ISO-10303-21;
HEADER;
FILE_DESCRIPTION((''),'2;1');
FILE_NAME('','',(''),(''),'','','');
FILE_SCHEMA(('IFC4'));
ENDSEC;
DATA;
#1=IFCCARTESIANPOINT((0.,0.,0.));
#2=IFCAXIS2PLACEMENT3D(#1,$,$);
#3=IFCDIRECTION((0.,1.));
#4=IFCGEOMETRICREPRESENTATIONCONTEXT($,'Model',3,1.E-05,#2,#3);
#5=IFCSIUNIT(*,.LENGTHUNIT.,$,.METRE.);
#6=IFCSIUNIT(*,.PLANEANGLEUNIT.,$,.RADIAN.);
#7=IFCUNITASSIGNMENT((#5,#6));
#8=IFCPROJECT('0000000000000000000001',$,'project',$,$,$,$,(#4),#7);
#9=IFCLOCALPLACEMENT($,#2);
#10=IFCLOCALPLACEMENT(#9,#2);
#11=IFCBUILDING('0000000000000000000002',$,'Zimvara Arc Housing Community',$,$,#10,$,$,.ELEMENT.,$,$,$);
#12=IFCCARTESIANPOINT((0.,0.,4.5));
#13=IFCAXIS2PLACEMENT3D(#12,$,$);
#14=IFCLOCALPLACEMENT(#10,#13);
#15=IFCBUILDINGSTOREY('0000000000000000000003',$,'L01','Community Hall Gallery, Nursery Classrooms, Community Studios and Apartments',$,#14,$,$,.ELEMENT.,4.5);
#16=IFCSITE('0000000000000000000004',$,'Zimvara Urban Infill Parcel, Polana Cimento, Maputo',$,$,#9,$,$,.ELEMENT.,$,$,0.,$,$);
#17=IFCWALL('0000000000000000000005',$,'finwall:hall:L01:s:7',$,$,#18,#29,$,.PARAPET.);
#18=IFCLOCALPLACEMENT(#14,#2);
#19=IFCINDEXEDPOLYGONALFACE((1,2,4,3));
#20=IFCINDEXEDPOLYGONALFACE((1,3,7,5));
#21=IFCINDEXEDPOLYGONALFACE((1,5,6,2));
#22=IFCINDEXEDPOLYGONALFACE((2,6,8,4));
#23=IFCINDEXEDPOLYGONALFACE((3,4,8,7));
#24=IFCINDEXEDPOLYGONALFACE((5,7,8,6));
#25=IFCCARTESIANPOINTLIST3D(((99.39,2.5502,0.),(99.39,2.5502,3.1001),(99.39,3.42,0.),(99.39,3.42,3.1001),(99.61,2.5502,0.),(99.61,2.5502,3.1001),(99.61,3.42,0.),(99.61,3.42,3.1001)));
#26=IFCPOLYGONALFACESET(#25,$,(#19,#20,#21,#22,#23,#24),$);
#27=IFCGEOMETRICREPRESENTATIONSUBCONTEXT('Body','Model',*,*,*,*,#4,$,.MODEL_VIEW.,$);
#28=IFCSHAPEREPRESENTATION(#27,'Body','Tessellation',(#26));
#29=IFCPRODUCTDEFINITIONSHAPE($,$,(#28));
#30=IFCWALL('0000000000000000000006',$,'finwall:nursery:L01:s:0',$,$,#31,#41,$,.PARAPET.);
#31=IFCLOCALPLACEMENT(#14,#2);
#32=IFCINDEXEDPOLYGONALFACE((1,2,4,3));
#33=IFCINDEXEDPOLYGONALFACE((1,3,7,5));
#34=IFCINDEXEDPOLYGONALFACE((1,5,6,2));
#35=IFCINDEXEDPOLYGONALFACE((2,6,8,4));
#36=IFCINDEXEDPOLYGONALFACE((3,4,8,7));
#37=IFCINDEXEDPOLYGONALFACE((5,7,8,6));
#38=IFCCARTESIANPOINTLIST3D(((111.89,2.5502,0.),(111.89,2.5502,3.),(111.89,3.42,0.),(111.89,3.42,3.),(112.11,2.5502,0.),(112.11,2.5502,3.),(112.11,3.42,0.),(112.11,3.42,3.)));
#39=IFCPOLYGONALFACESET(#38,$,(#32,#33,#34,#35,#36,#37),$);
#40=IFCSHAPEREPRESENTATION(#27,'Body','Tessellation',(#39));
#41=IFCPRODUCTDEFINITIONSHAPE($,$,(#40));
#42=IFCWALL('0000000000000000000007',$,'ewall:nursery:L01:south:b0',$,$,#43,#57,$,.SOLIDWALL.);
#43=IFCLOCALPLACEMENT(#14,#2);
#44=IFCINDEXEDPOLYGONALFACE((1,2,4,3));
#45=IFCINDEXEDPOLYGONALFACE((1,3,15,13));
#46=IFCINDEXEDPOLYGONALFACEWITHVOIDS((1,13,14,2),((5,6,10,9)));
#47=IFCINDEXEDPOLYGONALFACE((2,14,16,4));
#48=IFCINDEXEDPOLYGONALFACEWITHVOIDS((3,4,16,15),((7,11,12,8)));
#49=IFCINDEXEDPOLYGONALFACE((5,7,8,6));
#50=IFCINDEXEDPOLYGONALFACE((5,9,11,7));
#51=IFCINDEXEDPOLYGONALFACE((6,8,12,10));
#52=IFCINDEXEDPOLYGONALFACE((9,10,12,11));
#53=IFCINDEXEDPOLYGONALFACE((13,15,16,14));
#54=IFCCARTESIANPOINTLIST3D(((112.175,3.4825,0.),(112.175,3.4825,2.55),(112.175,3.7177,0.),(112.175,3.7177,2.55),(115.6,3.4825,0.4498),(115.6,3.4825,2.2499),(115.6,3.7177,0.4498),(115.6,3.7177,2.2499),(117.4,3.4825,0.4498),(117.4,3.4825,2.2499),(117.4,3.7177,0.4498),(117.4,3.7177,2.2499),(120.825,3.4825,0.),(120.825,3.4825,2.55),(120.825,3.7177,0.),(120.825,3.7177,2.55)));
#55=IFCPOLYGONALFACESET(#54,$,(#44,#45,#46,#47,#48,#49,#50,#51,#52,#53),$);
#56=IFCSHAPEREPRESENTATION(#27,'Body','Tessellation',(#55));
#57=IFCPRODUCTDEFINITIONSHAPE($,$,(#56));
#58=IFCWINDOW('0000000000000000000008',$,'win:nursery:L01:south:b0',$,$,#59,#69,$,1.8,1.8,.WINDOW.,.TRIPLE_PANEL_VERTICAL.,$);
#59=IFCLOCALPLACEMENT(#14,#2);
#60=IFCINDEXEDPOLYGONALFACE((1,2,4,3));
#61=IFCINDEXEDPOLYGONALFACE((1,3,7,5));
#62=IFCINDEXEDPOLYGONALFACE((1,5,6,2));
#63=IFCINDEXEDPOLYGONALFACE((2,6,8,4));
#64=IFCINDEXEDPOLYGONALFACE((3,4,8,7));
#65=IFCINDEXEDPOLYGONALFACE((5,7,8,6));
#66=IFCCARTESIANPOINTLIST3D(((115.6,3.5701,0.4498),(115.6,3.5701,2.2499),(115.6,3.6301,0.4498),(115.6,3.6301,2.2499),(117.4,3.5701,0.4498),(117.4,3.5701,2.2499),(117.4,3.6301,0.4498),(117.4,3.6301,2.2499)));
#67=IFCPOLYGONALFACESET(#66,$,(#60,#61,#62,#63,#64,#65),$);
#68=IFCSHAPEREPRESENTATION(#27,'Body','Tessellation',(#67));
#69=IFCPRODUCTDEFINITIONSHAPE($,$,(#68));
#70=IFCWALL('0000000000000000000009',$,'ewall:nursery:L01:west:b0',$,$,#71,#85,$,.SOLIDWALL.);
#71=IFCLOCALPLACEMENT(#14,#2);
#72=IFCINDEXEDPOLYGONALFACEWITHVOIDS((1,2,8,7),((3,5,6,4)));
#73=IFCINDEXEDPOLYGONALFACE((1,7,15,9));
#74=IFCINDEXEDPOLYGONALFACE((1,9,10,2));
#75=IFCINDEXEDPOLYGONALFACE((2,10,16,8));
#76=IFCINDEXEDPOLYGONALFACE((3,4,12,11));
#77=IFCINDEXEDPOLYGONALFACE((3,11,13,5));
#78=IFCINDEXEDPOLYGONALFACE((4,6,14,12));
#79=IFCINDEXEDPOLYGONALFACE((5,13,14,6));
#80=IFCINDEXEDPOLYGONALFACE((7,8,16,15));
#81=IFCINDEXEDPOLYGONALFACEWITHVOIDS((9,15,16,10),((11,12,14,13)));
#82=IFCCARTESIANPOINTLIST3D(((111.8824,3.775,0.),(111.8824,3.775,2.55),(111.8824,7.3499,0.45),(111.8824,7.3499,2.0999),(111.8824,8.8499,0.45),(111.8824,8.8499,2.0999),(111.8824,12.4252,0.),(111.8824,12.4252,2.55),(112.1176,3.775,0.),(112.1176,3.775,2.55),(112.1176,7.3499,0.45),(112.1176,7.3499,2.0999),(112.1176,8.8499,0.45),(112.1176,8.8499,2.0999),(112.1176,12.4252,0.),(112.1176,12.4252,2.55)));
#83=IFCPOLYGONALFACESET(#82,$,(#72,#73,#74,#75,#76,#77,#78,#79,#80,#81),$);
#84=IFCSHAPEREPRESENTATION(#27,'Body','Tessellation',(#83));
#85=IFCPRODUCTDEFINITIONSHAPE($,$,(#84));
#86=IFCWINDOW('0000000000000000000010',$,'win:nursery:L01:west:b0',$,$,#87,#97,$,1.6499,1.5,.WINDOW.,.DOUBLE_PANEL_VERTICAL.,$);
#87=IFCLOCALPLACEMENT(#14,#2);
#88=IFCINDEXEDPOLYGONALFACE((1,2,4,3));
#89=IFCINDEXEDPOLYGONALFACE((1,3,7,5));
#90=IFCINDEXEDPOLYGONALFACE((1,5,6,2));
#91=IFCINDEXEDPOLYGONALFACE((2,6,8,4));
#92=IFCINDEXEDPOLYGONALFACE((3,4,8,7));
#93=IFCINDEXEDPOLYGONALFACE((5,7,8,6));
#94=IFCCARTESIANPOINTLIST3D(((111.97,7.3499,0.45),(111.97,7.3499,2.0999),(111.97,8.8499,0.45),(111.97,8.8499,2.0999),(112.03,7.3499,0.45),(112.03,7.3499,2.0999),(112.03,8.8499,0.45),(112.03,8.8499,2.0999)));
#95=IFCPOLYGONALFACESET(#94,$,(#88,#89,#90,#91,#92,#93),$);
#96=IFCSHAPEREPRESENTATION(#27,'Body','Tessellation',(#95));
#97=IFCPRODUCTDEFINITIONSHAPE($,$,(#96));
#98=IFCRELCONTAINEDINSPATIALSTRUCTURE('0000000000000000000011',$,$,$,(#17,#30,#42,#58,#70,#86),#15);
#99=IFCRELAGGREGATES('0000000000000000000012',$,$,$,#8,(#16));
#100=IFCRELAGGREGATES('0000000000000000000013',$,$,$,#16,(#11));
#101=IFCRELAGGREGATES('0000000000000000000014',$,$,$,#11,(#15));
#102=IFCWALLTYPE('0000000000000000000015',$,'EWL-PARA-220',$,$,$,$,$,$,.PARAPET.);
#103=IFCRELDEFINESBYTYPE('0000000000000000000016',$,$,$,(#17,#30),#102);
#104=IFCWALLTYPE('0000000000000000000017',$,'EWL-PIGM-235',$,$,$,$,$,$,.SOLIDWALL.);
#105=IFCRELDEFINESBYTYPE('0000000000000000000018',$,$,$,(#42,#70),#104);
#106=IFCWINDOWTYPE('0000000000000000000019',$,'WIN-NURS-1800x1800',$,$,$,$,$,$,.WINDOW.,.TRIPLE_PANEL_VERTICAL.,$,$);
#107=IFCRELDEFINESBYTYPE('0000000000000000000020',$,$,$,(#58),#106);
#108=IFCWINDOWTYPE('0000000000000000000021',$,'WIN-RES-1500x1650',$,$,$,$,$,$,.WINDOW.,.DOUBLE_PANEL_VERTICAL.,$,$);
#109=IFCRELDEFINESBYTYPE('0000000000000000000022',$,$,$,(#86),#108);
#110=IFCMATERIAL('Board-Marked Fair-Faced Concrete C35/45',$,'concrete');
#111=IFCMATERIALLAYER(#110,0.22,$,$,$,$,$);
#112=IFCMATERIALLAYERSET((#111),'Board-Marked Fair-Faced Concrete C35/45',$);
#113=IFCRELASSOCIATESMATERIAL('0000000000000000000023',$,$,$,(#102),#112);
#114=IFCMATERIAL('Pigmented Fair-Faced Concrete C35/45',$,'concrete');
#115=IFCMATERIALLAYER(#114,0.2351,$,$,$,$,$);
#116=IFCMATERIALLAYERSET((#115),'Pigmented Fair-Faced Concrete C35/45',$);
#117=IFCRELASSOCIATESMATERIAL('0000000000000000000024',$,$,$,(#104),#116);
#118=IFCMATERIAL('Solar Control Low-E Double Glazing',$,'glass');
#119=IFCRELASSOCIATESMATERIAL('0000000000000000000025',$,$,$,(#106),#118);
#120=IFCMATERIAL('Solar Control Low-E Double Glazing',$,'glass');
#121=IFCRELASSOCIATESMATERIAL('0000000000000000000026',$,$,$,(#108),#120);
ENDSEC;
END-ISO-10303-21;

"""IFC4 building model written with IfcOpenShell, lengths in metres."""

from ifc_helpers import new_model, si_unit, direction, frame, frame_2d, origin, place, context, subcontext, project, spatial, rectangle, extrude, material, layer, layer_set, type_object, element, fill, save


model = new_model("IFC4")

# Units and contexts
model_context = context("Model", 3, precision=1e-05, world=origin(), true_north=direction((0.0, 1.0)))
body_context = subcontext(model_context, "Body", "Model", "MODEL_VIEW")
ifc_project = project(units=[si_unit("LENGTHUNIT", "METRE"), si_unit("PLANEANGLEUNIT", "RADIAN")], contexts=[model_context])

# Site, building, storey
site_placement = place(None, origin())
site = spatial("IfcSite", under=ifc_project, at=site_placement, Name="Zimvara Urban Infill Parcel, Polana Cimento, Maputo", CompositionType="ELEMENT", RefElevation=0.0)
building_placement = place(site_placement, origin())
building = spatial("IfcBuilding", under=site, at=building_placement, Name="Zimvara Arc Housing Community", CompositionType="ELEMENT")
storey_placement = place(building_placement, frame((0.0, 0.0, 4.5)))
storey = spatial("IfcBuildingStorey", under=building, at=storey_placement, Name="L01", Description="Community Hall Gallery, Nursery Classrooms, Community Studios and Apartments", CompositionType="ELEMENT", Elevation=4.5)

# Walls
ifc_material_1 = material(Name="Board-Marked Fair-Faced Concrete C35/45", Category="concrete")
ifc_layer_1 = layer(ifc_material_1, 0.22)
ifc_layer_set_1 = layer_set([ifc_layer_1], Name="Board-Marked Fair-Faced Concrete C35/45")
wall_type_1 = type_object("IfcWallType", Name="EWL-PARA-220", PredefinedType="PARAPET", material=ifc_layer_set_1)
for number, where, z_axis, x_axis, name in (
    (1, (99.5, 2.55, 0.0), (0.0, 0.0, 1.0), (0.0, 1.0, 0.0), "finwall:hall:L01:s:7"),
):
    element("IfcWall", number, at=place(storey_placement, frame(where, z_axis=z_axis, x_axis=x_axis)), inside=storey, type_object=wall_type_1, Name=name, PredefinedType="PARAPET", context=body_context, shape_type="SweptSolid", body=[
        extrude(rectangle(XDim=0.8699, YDim=0.22, at=frame_2d((0.4351, 0.0))), origin(), (0.0, 0.0, 1.0), 3.1001),
    ])
wall_1_placement = place(storey_placement, frame((112.0, 2.55, 0.0), z_axis=(0.0, 0.0, 1.0), x_axis=(0.0, 1.0, 0.0)))
element("IfcWall", 2, at=wall_1_placement, inside=storey, type_object=wall_type_1, Name="finwall:nursery:L01:s:0", PredefinedType="PARAPET", context=body_context, shape_type="SweptSolid", body=[
    extrude(rectangle(XDim=0.8699, YDim=0.22, at=frame_2d((0.4351, 0.0))), origin(), (0.0, 0.0, 1.0), 3.0),
])

# Walls, openings, windows
ifc_material_2 = material(Name="Pigmented Fair-Faced Concrete C35/45", Category="concrete")
ifc_layer_2 = layer(ifc_material_2, 0.2351)
ifc_layer_set_2 = layer_set([ifc_layer_2], Name="Pigmented Fair-Faced Concrete C35/45")
wall_type_2 = type_object("IfcWallType", Name="EWL-PIGM-235", PredefinedType="SOLIDWALL", material=ifc_layer_set_2)
wall_2_placement = place(storey_placement, frame((112.175, 3.6001, 0.0), z_axis=(0.0, 0.0, 1.0), x_axis=(1.0, 0.0, 0.0)))
wall_2 = element("IfcWall", 3, at=wall_2_placement, inside=storey, type_object=wall_type_2, Name="ewall:nursery:L01:south:b0", PredefinedType="SOLIDWALL", context=body_context, shape_type="SweptSolid", body=[
    extrude(rectangle(XDim=8.6499, YDim=0.2351, at=frame_2d((4.325, 0.0))), origin(), (0.0, 0.0, 1.0), 2.55),
])
opening_1_placement = place(wall_2_placement, frame((3.425, 0.0, 0.45)))
opening_1 = element("IfcOpeningElement", 4, at=opening_1_placement, cuts=wall_2, PredefinedType="OPENING", context=body_context, shape_type="SweptSolid", body=[
    extrude(rectangle(XDim=1.8, YDim=1.8, at=frame_2d((0.8999, 0.8999))), frame((0.0, 0.1274, 0.0), z_axis=(0.0, -1.0, 0.0), x_axis=(1.0, 0.0, 0.0)), (0.0, 0.0, 1.0), 0.2551),
])
ifc_material_3 = material(Name="Solar Control Low-E Double Glazing", Category="glass")
window_type_1 = type_object("IfcWindowType", Name="WIN-NURS-1800x1800", PartitioningType="TRIPLE_PANEL_VERTICAL", PredefinedType="WINDOW", material=ifc_material_3)
window_1_placement = place(opening_1_placement, origin())
window_1 = element("IfcWindow", 5, at=window_1_placement, inside=storey, type_object=window_type_1, Name="win:nursery:L01:south:b0", OverallHeight=1.8, OverallWidth=1.8, PartitioningType="TRIPLE_PANEL_VERTICAL", PredefinedType="WINDOW", context=body_context, shape_type="SweptSolid", body=[
    extrude(rectangle(XDim=1.8, YDim=1.8, at=frame_2d((0.8999, 0.8999))), frame((0.0, 0.03, 0.0), z_axis=(0.0, -1.0, 0.0), x_axis=(1.0, 0.0, 0.0)), (0.0, 0.0, 1.0), 0.0601),
])
fill(opening_1, window_1)
wall_3_placement = place(storey_placement, frame((112.0, 3.7749, 0.0), z_axis=(0.0, 0.0, 1.0), x_axis=(0.0, 1.0, 0.0)))
wall_3 = element("IfcWall", 6, at=wall_3_placement, inside=storey, type_object=wall_type_2, Name="ewall:nursery:L01:west:b0", PredefinedType="SOLIDWALL", context=body_context, shape_type="SweptSolid", body=[
    extrude(rectangle(XDim=8.6501, YDim=0.2351, at=frame_2d((4.3252, 0.0))), origin(), (0.0, 0.0, 1.0), 2.55),
])
opening_2_placement = place(wall_3_placement, frame((3.575, 0.0, 0.45)))
opening_2 = element("IfcOpeningElement", 7, at=opening_2_placement, cuts=wall_3, PredefinedType="OPENING", context=body_context, shape_type="SweptSolid", body=[
    extrude(rectangle(XDim=1.5, YDim=1.6499, at=frame_2d((0.75, 0.825))), frame((0.0, 0.1274, 0.0), z_axis=(0.0, -1.0, 0.0), x_axis=(1.0, 0.0, 0.0)), (0.0, 0.0, 1.0), 0.2551),
])
ifc_material_4 = material(Name="Solar Control Low-E Double Glazing", Category="glass")
window_type_2 = type_object("IfcWindowType", Name="WIN-RES-1500x1650", PartitioningType="DOUBLE_PANEL_VERTICAL", PredefinedType="WINDOW", material=ifc_material_4)
window_2_placement = place(opening_2_placement, origin())
window_2 = element("IfcWindow", 8, at=window_2_placement, inside=storey, type_object=window_type_2, Name="win:nursery:L01:west:b0", OverallHeight=1.6499, OverallWidth=1.5, PartitioningType="DOUBLE_PANEL_VERTICAL", PredefinedType="WINDOW", context=body_context, shape_type="SweptSolid", body=[
    extrude(rectangle(XDim=1.5, YDim=1.6499, at=frame_2d((0.75, 0.825))), frame((0.0, 0.03, 0.0), z_axis=(0.0, -1.0, 0.0), x_axis=(1.0, 0.0, 0.0)), (0.0, 0.0, 1.0), 0.0601),
])
fill(opening_2, window_2)

save(model, "model.ifc")
